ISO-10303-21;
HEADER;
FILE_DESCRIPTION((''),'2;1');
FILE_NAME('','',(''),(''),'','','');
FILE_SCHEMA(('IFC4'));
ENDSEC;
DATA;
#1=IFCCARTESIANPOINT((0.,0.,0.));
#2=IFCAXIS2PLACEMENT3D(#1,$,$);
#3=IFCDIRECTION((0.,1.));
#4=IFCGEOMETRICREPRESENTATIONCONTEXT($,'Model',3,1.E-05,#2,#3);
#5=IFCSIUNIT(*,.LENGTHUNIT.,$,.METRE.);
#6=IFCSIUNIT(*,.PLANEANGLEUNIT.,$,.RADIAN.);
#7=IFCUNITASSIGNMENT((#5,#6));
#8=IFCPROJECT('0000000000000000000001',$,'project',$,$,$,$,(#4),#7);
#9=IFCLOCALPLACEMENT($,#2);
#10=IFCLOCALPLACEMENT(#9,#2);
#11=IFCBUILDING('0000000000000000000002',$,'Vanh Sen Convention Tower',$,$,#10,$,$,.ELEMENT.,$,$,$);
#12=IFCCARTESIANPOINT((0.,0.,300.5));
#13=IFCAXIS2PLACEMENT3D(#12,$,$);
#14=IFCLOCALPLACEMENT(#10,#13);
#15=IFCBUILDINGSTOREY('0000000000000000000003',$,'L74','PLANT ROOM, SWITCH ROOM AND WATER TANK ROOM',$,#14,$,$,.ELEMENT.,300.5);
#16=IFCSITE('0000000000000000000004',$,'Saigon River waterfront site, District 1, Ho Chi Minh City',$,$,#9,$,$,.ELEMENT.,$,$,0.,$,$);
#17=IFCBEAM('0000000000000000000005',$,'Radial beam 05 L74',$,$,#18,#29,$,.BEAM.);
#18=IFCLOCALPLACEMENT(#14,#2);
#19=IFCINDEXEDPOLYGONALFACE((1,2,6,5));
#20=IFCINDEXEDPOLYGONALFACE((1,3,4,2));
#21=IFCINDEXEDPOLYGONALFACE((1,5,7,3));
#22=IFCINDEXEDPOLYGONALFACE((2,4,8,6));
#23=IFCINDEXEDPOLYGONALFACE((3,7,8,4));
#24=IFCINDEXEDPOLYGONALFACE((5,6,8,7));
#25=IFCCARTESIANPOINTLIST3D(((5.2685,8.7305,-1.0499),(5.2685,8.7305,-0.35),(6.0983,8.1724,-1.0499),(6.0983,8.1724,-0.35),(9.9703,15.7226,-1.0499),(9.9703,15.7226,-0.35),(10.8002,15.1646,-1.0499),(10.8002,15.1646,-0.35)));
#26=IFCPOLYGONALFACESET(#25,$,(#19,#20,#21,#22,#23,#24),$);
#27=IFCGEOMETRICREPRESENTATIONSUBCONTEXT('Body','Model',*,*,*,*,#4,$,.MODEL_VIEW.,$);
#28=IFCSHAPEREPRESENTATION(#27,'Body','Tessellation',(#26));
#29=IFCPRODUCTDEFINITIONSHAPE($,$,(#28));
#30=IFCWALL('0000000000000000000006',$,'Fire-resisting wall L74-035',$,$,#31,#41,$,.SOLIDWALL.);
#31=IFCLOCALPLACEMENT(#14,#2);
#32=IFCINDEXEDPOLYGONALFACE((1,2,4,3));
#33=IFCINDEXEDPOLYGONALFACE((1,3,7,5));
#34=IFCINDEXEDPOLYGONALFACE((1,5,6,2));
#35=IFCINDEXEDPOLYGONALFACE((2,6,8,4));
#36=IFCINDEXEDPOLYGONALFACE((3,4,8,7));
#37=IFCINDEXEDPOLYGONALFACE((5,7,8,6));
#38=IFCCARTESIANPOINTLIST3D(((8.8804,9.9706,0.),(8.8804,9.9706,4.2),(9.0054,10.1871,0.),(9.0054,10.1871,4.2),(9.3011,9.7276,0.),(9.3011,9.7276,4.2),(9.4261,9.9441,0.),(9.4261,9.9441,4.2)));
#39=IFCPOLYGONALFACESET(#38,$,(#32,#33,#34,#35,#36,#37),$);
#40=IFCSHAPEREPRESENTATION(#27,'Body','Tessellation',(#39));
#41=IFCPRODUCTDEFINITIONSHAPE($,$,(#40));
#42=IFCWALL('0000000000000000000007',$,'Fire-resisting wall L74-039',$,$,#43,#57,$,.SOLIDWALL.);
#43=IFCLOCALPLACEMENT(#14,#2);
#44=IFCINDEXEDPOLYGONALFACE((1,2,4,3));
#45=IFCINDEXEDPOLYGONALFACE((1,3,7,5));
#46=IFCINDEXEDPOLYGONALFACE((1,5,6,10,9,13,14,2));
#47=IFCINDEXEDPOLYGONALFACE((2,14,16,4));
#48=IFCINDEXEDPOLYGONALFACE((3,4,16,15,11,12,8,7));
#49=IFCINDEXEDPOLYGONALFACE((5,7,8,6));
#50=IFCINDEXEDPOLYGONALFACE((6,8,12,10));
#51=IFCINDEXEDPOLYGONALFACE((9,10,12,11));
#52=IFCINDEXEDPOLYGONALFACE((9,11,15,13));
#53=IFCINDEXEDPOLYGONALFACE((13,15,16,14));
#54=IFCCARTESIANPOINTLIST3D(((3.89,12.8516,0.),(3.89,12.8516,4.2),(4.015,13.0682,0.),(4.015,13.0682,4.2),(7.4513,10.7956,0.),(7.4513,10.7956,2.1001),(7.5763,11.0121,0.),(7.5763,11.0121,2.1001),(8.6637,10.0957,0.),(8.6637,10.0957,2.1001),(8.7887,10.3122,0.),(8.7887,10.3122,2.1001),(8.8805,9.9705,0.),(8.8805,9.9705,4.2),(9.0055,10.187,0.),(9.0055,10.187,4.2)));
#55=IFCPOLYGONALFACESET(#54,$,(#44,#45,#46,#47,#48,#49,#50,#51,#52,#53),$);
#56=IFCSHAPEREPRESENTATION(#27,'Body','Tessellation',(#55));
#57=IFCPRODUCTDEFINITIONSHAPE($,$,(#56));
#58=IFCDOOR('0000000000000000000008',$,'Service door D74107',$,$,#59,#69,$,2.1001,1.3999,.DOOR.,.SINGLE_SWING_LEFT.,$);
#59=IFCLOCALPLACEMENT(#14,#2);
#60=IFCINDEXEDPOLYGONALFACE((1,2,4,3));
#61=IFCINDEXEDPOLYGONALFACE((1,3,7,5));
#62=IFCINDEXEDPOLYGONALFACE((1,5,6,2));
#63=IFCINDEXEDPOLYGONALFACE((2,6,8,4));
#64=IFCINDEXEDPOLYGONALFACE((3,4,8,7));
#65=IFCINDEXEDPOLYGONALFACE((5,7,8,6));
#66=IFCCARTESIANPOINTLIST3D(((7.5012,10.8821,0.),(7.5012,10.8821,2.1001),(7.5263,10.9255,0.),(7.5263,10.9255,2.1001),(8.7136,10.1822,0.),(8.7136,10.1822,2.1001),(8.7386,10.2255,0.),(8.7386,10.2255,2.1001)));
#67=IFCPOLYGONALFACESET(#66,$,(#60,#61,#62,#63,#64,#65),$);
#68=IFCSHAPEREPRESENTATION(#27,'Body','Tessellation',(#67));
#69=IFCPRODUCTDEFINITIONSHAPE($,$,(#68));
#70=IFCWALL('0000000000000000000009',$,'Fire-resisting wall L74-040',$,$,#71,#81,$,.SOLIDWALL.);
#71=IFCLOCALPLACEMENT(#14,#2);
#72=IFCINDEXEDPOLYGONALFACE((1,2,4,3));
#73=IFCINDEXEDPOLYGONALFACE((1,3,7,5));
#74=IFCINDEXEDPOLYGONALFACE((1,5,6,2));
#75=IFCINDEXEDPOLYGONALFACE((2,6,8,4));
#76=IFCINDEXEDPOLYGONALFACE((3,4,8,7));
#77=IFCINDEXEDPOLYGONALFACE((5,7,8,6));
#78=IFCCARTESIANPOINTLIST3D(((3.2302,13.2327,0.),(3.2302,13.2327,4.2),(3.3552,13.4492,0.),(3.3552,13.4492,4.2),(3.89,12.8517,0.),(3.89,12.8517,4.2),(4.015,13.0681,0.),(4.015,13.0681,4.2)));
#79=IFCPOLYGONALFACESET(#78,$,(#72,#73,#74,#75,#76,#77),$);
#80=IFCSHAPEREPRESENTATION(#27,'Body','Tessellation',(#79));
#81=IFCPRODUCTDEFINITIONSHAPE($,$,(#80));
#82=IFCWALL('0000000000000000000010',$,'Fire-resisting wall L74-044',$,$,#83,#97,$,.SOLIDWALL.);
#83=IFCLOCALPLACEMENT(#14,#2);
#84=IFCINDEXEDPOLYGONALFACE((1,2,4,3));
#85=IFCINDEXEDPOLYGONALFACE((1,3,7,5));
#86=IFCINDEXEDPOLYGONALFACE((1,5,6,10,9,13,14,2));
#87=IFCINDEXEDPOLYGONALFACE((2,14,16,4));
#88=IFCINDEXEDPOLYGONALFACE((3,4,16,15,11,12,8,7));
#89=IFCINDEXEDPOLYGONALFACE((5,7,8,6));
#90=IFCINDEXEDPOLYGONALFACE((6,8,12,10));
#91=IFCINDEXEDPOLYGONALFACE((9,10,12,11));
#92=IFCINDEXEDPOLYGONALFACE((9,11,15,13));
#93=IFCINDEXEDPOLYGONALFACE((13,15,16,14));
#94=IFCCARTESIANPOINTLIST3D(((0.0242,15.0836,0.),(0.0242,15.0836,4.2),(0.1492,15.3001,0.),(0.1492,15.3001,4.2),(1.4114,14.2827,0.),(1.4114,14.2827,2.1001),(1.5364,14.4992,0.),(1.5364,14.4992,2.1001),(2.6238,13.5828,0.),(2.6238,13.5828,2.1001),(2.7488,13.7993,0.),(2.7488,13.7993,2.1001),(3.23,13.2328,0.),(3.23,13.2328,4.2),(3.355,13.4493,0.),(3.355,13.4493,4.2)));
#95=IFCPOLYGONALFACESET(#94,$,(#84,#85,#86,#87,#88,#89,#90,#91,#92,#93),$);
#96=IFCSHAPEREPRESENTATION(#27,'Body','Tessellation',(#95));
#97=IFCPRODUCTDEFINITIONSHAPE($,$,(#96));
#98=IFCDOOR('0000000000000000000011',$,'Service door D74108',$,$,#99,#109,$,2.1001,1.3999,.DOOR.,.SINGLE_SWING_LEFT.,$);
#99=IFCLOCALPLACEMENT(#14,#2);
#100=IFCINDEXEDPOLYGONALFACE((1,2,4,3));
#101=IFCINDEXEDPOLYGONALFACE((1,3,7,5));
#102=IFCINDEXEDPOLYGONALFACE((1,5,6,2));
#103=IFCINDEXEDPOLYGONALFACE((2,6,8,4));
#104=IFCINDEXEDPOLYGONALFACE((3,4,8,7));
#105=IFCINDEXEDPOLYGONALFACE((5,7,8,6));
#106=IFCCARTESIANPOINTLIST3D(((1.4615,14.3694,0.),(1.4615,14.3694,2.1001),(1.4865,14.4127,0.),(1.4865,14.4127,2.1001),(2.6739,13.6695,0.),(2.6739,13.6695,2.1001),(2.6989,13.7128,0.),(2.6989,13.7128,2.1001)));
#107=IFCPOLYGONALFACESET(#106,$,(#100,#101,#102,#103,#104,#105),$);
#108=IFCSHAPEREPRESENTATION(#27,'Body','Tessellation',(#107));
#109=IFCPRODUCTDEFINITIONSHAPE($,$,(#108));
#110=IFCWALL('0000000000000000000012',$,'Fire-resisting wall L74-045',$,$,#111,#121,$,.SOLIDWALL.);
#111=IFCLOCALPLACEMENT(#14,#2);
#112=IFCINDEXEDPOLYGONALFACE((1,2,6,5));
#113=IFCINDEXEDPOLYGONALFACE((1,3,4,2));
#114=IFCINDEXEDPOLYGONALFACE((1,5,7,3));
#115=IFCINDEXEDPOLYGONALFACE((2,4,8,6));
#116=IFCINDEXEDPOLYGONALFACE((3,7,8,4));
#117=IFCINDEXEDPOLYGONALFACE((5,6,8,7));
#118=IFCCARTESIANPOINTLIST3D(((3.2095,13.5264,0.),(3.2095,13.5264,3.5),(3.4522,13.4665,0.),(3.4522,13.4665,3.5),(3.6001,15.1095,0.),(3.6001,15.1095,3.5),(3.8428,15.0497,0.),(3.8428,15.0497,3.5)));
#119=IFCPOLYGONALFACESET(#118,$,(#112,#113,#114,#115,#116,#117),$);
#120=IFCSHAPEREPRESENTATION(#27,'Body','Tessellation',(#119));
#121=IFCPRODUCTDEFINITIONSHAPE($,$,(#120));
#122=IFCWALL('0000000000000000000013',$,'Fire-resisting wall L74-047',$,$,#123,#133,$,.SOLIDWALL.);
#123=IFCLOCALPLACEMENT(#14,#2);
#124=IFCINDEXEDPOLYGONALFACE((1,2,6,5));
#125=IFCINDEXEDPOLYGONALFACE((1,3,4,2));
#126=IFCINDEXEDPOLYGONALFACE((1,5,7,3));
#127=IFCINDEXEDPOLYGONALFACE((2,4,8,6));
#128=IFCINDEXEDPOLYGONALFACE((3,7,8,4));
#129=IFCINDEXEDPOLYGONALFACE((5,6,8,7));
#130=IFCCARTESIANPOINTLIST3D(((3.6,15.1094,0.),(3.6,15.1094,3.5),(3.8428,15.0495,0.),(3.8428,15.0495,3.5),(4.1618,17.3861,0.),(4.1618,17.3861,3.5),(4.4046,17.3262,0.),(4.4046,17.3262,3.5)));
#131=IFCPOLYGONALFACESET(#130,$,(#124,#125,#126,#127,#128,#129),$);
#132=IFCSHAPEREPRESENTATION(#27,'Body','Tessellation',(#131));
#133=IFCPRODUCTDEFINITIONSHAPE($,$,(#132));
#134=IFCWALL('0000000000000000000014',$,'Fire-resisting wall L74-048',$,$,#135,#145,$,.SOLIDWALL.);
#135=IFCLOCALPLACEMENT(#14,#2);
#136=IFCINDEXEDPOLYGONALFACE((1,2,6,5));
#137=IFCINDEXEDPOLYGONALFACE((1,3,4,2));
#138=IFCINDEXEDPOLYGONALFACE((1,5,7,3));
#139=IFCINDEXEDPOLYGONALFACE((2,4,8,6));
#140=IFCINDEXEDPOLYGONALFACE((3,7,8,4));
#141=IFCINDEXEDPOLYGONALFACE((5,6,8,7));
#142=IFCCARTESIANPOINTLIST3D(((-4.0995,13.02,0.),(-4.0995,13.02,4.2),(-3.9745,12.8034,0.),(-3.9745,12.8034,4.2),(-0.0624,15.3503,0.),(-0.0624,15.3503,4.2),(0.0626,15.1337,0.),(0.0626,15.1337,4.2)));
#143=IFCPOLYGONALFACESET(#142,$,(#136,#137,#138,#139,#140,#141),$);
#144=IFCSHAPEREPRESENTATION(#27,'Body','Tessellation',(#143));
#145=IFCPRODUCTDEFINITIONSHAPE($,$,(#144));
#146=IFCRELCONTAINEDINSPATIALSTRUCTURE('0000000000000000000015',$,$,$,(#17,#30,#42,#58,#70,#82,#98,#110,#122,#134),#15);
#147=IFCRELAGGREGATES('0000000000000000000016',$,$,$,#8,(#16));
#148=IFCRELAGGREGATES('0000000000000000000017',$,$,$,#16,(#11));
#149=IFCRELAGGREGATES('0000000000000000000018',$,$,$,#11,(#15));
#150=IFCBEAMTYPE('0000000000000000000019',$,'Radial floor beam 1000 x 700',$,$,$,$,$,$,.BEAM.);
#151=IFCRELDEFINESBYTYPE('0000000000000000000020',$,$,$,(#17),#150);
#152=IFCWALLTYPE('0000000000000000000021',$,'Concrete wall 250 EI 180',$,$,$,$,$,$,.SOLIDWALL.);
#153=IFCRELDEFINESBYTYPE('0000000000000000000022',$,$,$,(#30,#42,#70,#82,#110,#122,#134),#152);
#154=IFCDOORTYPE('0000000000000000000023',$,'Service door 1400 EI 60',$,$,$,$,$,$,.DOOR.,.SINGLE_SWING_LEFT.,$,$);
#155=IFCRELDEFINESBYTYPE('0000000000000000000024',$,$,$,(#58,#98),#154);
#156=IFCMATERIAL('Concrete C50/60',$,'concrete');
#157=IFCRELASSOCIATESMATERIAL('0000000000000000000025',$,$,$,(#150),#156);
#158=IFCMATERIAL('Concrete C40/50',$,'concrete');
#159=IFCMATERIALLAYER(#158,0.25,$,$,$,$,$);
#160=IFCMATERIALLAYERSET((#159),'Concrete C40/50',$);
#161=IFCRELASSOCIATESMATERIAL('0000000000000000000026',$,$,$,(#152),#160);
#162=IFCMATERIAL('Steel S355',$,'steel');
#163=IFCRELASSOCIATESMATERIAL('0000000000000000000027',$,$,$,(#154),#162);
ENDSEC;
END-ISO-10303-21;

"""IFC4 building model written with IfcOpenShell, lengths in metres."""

from ifc_helpers import new_model, si_unit, direction, frame, frame_2d, origin, origin_2d, place, context, subcontext, project, spatial, rectangle, extrude, material, layer, layer_set, material_profile, profile_set, type_object, element, fill, save


model = new_model("IFC4")

# Units and contexts
model_context = context("Model", 3, precision=1e-05, world=origin(), true_north=direction((0.0, 1.0)))
body_context = subcontext(model_context, "Body", "Model", "MODEL_VIEW")
ifc_project = project(units=[si_unit("LENGTHUNIT", "METRE"), si_unit("PLANEANGLEUNIT", "RADIAN")], contexts=[model_context])

# Site, building, storey
site_placement = place(None, origin())
site = spatial("IfcSite", under=ifc_project, at=site_placement, Name="Saigon River waterfront site, District 1, Ho Chi Minh City", CompositionType="ELEMENT", RefElevation=0.0)
building_placement = place(site_placement, origin())
building = spatial("IfcBuilding", under=site, at=building_placement, Name="Vanh Sen Convention Tower", CompositionType="ELEMENT")
storey_placement = place(building_placement, frame((0.0, 0.0, 300.5)))
storey = spatial("IfcBuildingStorey", under=building, at=storey_placement, Name="L74", Description="PLANT ROOM, SWITCH ROOM AND WATER TANK ROOM", CompositionType="ELEMENT", Elevation=300.5)

# Beam
ifc_material_1 = material(Name="Concrete C50/60", Category="concrete")
ifc_material_profile = material_profile(ifc_material_1, rectangle(XDim=1.0, YDim=0.7, at=origin_2d()), Name="RC 1000X700")
ifc_profile_set = profile_set([ifc_material_profile], Name="Concrete C50/60")
beam_type = type_object("IfcBeamType", Name="Radial floor beam 1000 x 700", PredefinedType="BEAM", material=ifc_profile_set)
beam_placement = place(storey_placement, frame((10.3853, 15.4436, -0.7), z_axis=(-0.558019, -0.829828, 0.0), x_axis=(0.829828, -0.558019, 0.0)))
element("IfcBeam", 1, at=beam_placement, inside=storey, type_object=beam_type, Name="Radial beam 05 L74", PredefinedType="BEAM", context=body_context, shape_type="SweptSolid", body=[
    extrude(rectangle(XDim=1.0, YDim=0.7, at=origin_2d()), origin(), (0.0, 0.0, 1.0), 8.426),
])

# Wall
ifc_material_2 = material(Name="Concrete C40/50", Category="concrete")
ifc_layer_1 = layer(ifc_material_2, 0.25)
ifc_layer_set_1 = layer_set([ifc_layer_1], Name="Concrete C40/50")
wall_type_1 = type_object("IfcWallType", Name="Concrete wall 250 EI 180", PredefinedType="SOLIDWALL", material=ifc_layer_set_1)
wall_1_placement = place(storey_placement, frame((8.9429, 10.0789, 0.0), z_axis=(0.0, 0.0, 1.0), x_axis=(0.865976, -0.500085, 0.0)))
element("IfcWall", 2, at=wall_1_placement, inside=storey, type_object=wall_type_1, Name="Fire-resisting wall L74-035", PredefinedType="SOLIDWALL", context=body_context, shape_type="SweptSolid", body=[
    extrude(rectangle(XDim=0.4858, YDim=0.25, at=frame_2d((0.2429, 0.0))), origin(), (0.0, 0.0, 1.0), 4.2),
])

# Wall, opening, door
wall_2_placement = place(storey_placement, frame((3.9524, 12.96, 0.0), z_axis=(0.0, 0.0, 1.0), x_axis=(0.866037, -0.49998, 0.0)))
wall_2 = element("IfcWall", 3, at=wall_2_placement, inside=storey, type_object=wall_type_1, Name="Fire-resisting wall L74-039", PredefinedType="SOLIDWALL", context=body_context, shape_type="SweptSolid", body=[
    extrude(rectangle(XDim=5.7625, YDim=0.25, at=frame_2d((2.8813, 0.0))), origin(), (0.0, 0.0, 1.0), 4.2),
])
opening_1_placement = place(wall_2_placement, frame((4.1123, 0.0, 0.0)))
opening_1 = element("IfcOpeningElement", 4, at=opening_1_placement, cuts=wall_2, PredefinedType="OPENING", context=body_context, shape_type="SweptSolid", body=[
    extrude(rectangle(XDim=1.3999, YDim=2.1001, at=frame_2d((0.7, 1.05))), frame((0.0, 0.135, 0.0), z_axis=(0.0, -1.0, 0.0), x_axis=(1.0, 0.0, 0.0)), (0.0, 0.0, 1.0), 0.27),
])
ifc_material_3 = material(Name="Steel S355", Category="steel")
door_type_1 = type_object("IfcDoorType", Name="Service door 1400 EI 60", OperationType="SINGLE_SWING_LEFT", PredefinedType="DOOR", material=ifc_material_3)
door_1_placement = place(opening_1_placement, origin())
door_1 = element("IfcDoor", 5, at=door_1_placement, inside=storey, type_object=door_type_1, Name="Service door D74107", OperationType="SINGLE_SWING_LEFT", OverallHeight=2.1001, OverallWidth=1.3999, PredefinedType="DOOR", context=body_context, shape_type="SweptSolid", body=[
    extrude(rectangle(XDim=1.3999, YDim=2.1001, at=frame_2d((0.7, 1.05))), frame((0.0, 0.0249, 0.0), z_axis=(0.0, -1.0, 0.0), x_axis=(1.0, 0.0, 0.0)), (0.0, 0.0, 1.0), 0.05),
])
fill(opening_1, door_1)

# Wall
wall_3_placement = place(storey_placement, frame((3.9524, 12.96, 0.0), z_axis=(0.0, 0.0, 1.0), x_axis=(-0.865967, 0.500101, 0.0)))
element("IfcWall", 6, at=wall_3_placement, inside=storey, type_object=wall_type_1, Name="Fire-resisting wall L74-040", PredefinedType="SOLIDWALL", context=body_context, shape_type="SweptSolid", body=[
    extrude(rectangle(XDim=0.762, YDim=0.25, at=frame_2d((0.3809, 0.0))), origin(), (0.0, 0.0, 1.0), 4.2),
])

# Wall, opening, door
wall_4_placement = place(storey_placement, frame((3.2925, 13.3411, 0.0), z_axis=(0.0, 0.0, 1.0), x_axis=(-0.866031, 0.499991, 0.0)))
wall_4 = element("IfcWall", 7, at=wall_4_placement, inside=storey, type_object=wall_type_1, Name="Fire-resisting wall L74-044", PredefinedType="SOLIDWALL", context=body_context, shape_type="SweptSolid", body=[
    extrude(rectangle(XDim=3.7017, YDim=0.25, at=frame_2d((1.8508, 0.0))), origin(), (0.0, 0.0, 1.0), 4.2),
])
opening_2_placement = place(wall_4_placement, frame((0.7, 0.0, 0.0)))
opening_2 = element("IfcOpeningElement", 8, at=opening_2_placement, cuts=wall_4, PredefinedType="OPENING", context=body_context, shape_type="SweptSolid", body=[
    extrude(rectangle(XDim=1.3999, YDim=2.1001, at=frame_2d((0.7, 1.05))), frame((0.0, 0.135, 0.0), z_axis=(0.0, -1.0, 0.0), x_axis=(1.0, 0.0, 0.0)), (0.0, 0.0, 1.0), 0.27),
])
door_2_placement = place(opening_2_placement, origin())
door_2 = element("IfcDoor", 9, at=door_2_placement, inside=storey, type_object=door_type_1, Name="Service door D74108", OperationType="SINGLE_SWING_LEFT", OverallHeight=2.1001, OverallWidth=1.3999, PredefinedType="DOOR", context=body_context, shape_type="SweptSolid", body=[
    extrude(rectangle(XDim=1.3999, YDim=2.1001, at=frame_2d((0.7, 1.05))), frame((0.0, 0.0249, 0.0), z_axis=(0.0, -1.0, 0.0), x_axis=(1.0, 0.0, 0.0)), (0.0, 0.0, 1.0), 0.05),
])
fill(opening_2, door_2)

# Walls
wall_5_placement = place(storey_placement, frame((3.3308, 13.4963, 0.0), z_axis=(0.0, 0.0, 1.0), x_axis=(0.23954, 0.970886, 0.0)))
element("IfcWall", 10, at=wall_5_placement, inside=storey, type_object=wall_type_1, Name="Fire-resisting wall L74-045", PredefinedType="SOLIDWALL", context=body_context, shape_type="SweptSolid", body=[
    extrude(rectangle(XDim=1.6306, YDim=0.25, at=frame_2d((0.8154, 0.0))), origin(), (0.0, 0.0, 1.0), 3.5),
])
wall_6_placement = place(storey_placement, frame((3.7214, 15.0796, 0.0), z_axis=(0.0, 0.0, 1.0), x_axis=(0.23957, 0.970879, 0.0)))
element("IfcWall", 11, at=wall_6_placement, inside=storey, type_object=wall_type_1, Name="Fire-resisting wall L74-047", PredefinedType="SOLIDWALL", context=body_context, shape_type="SweptSolid", body=[
    extrude(rectangle(XDim=2.345, YDim=0.25, at=frame_2d((1.1724, 0.0))), origin(), (0.0, 0.0, 1.0), 3.5),
])
wall_7_placement = place(storey_placement, frame((0.0, 15.2419, 0.0), z_axis=(0.0, 0.0, 1.0), x_axis=(-0.866072, -0.499919, 0.0)))
element("IfcWall", 12, at=wall_7_placement, inside=storey, type_object=wall_type_1, Name="Fire-resisting wall L74-048", PredefinedType="SOLIDWALL", context=body_context, shape_type="SweptSolid", body=[
    extrude(rectangle(XDim=4.6614, YDim=0.25, at=frame_2d((2.3306, 0.0))), origin(), (0.0, 0.0, 1.0), 4.2),
])

save(model, "model.ifc")
